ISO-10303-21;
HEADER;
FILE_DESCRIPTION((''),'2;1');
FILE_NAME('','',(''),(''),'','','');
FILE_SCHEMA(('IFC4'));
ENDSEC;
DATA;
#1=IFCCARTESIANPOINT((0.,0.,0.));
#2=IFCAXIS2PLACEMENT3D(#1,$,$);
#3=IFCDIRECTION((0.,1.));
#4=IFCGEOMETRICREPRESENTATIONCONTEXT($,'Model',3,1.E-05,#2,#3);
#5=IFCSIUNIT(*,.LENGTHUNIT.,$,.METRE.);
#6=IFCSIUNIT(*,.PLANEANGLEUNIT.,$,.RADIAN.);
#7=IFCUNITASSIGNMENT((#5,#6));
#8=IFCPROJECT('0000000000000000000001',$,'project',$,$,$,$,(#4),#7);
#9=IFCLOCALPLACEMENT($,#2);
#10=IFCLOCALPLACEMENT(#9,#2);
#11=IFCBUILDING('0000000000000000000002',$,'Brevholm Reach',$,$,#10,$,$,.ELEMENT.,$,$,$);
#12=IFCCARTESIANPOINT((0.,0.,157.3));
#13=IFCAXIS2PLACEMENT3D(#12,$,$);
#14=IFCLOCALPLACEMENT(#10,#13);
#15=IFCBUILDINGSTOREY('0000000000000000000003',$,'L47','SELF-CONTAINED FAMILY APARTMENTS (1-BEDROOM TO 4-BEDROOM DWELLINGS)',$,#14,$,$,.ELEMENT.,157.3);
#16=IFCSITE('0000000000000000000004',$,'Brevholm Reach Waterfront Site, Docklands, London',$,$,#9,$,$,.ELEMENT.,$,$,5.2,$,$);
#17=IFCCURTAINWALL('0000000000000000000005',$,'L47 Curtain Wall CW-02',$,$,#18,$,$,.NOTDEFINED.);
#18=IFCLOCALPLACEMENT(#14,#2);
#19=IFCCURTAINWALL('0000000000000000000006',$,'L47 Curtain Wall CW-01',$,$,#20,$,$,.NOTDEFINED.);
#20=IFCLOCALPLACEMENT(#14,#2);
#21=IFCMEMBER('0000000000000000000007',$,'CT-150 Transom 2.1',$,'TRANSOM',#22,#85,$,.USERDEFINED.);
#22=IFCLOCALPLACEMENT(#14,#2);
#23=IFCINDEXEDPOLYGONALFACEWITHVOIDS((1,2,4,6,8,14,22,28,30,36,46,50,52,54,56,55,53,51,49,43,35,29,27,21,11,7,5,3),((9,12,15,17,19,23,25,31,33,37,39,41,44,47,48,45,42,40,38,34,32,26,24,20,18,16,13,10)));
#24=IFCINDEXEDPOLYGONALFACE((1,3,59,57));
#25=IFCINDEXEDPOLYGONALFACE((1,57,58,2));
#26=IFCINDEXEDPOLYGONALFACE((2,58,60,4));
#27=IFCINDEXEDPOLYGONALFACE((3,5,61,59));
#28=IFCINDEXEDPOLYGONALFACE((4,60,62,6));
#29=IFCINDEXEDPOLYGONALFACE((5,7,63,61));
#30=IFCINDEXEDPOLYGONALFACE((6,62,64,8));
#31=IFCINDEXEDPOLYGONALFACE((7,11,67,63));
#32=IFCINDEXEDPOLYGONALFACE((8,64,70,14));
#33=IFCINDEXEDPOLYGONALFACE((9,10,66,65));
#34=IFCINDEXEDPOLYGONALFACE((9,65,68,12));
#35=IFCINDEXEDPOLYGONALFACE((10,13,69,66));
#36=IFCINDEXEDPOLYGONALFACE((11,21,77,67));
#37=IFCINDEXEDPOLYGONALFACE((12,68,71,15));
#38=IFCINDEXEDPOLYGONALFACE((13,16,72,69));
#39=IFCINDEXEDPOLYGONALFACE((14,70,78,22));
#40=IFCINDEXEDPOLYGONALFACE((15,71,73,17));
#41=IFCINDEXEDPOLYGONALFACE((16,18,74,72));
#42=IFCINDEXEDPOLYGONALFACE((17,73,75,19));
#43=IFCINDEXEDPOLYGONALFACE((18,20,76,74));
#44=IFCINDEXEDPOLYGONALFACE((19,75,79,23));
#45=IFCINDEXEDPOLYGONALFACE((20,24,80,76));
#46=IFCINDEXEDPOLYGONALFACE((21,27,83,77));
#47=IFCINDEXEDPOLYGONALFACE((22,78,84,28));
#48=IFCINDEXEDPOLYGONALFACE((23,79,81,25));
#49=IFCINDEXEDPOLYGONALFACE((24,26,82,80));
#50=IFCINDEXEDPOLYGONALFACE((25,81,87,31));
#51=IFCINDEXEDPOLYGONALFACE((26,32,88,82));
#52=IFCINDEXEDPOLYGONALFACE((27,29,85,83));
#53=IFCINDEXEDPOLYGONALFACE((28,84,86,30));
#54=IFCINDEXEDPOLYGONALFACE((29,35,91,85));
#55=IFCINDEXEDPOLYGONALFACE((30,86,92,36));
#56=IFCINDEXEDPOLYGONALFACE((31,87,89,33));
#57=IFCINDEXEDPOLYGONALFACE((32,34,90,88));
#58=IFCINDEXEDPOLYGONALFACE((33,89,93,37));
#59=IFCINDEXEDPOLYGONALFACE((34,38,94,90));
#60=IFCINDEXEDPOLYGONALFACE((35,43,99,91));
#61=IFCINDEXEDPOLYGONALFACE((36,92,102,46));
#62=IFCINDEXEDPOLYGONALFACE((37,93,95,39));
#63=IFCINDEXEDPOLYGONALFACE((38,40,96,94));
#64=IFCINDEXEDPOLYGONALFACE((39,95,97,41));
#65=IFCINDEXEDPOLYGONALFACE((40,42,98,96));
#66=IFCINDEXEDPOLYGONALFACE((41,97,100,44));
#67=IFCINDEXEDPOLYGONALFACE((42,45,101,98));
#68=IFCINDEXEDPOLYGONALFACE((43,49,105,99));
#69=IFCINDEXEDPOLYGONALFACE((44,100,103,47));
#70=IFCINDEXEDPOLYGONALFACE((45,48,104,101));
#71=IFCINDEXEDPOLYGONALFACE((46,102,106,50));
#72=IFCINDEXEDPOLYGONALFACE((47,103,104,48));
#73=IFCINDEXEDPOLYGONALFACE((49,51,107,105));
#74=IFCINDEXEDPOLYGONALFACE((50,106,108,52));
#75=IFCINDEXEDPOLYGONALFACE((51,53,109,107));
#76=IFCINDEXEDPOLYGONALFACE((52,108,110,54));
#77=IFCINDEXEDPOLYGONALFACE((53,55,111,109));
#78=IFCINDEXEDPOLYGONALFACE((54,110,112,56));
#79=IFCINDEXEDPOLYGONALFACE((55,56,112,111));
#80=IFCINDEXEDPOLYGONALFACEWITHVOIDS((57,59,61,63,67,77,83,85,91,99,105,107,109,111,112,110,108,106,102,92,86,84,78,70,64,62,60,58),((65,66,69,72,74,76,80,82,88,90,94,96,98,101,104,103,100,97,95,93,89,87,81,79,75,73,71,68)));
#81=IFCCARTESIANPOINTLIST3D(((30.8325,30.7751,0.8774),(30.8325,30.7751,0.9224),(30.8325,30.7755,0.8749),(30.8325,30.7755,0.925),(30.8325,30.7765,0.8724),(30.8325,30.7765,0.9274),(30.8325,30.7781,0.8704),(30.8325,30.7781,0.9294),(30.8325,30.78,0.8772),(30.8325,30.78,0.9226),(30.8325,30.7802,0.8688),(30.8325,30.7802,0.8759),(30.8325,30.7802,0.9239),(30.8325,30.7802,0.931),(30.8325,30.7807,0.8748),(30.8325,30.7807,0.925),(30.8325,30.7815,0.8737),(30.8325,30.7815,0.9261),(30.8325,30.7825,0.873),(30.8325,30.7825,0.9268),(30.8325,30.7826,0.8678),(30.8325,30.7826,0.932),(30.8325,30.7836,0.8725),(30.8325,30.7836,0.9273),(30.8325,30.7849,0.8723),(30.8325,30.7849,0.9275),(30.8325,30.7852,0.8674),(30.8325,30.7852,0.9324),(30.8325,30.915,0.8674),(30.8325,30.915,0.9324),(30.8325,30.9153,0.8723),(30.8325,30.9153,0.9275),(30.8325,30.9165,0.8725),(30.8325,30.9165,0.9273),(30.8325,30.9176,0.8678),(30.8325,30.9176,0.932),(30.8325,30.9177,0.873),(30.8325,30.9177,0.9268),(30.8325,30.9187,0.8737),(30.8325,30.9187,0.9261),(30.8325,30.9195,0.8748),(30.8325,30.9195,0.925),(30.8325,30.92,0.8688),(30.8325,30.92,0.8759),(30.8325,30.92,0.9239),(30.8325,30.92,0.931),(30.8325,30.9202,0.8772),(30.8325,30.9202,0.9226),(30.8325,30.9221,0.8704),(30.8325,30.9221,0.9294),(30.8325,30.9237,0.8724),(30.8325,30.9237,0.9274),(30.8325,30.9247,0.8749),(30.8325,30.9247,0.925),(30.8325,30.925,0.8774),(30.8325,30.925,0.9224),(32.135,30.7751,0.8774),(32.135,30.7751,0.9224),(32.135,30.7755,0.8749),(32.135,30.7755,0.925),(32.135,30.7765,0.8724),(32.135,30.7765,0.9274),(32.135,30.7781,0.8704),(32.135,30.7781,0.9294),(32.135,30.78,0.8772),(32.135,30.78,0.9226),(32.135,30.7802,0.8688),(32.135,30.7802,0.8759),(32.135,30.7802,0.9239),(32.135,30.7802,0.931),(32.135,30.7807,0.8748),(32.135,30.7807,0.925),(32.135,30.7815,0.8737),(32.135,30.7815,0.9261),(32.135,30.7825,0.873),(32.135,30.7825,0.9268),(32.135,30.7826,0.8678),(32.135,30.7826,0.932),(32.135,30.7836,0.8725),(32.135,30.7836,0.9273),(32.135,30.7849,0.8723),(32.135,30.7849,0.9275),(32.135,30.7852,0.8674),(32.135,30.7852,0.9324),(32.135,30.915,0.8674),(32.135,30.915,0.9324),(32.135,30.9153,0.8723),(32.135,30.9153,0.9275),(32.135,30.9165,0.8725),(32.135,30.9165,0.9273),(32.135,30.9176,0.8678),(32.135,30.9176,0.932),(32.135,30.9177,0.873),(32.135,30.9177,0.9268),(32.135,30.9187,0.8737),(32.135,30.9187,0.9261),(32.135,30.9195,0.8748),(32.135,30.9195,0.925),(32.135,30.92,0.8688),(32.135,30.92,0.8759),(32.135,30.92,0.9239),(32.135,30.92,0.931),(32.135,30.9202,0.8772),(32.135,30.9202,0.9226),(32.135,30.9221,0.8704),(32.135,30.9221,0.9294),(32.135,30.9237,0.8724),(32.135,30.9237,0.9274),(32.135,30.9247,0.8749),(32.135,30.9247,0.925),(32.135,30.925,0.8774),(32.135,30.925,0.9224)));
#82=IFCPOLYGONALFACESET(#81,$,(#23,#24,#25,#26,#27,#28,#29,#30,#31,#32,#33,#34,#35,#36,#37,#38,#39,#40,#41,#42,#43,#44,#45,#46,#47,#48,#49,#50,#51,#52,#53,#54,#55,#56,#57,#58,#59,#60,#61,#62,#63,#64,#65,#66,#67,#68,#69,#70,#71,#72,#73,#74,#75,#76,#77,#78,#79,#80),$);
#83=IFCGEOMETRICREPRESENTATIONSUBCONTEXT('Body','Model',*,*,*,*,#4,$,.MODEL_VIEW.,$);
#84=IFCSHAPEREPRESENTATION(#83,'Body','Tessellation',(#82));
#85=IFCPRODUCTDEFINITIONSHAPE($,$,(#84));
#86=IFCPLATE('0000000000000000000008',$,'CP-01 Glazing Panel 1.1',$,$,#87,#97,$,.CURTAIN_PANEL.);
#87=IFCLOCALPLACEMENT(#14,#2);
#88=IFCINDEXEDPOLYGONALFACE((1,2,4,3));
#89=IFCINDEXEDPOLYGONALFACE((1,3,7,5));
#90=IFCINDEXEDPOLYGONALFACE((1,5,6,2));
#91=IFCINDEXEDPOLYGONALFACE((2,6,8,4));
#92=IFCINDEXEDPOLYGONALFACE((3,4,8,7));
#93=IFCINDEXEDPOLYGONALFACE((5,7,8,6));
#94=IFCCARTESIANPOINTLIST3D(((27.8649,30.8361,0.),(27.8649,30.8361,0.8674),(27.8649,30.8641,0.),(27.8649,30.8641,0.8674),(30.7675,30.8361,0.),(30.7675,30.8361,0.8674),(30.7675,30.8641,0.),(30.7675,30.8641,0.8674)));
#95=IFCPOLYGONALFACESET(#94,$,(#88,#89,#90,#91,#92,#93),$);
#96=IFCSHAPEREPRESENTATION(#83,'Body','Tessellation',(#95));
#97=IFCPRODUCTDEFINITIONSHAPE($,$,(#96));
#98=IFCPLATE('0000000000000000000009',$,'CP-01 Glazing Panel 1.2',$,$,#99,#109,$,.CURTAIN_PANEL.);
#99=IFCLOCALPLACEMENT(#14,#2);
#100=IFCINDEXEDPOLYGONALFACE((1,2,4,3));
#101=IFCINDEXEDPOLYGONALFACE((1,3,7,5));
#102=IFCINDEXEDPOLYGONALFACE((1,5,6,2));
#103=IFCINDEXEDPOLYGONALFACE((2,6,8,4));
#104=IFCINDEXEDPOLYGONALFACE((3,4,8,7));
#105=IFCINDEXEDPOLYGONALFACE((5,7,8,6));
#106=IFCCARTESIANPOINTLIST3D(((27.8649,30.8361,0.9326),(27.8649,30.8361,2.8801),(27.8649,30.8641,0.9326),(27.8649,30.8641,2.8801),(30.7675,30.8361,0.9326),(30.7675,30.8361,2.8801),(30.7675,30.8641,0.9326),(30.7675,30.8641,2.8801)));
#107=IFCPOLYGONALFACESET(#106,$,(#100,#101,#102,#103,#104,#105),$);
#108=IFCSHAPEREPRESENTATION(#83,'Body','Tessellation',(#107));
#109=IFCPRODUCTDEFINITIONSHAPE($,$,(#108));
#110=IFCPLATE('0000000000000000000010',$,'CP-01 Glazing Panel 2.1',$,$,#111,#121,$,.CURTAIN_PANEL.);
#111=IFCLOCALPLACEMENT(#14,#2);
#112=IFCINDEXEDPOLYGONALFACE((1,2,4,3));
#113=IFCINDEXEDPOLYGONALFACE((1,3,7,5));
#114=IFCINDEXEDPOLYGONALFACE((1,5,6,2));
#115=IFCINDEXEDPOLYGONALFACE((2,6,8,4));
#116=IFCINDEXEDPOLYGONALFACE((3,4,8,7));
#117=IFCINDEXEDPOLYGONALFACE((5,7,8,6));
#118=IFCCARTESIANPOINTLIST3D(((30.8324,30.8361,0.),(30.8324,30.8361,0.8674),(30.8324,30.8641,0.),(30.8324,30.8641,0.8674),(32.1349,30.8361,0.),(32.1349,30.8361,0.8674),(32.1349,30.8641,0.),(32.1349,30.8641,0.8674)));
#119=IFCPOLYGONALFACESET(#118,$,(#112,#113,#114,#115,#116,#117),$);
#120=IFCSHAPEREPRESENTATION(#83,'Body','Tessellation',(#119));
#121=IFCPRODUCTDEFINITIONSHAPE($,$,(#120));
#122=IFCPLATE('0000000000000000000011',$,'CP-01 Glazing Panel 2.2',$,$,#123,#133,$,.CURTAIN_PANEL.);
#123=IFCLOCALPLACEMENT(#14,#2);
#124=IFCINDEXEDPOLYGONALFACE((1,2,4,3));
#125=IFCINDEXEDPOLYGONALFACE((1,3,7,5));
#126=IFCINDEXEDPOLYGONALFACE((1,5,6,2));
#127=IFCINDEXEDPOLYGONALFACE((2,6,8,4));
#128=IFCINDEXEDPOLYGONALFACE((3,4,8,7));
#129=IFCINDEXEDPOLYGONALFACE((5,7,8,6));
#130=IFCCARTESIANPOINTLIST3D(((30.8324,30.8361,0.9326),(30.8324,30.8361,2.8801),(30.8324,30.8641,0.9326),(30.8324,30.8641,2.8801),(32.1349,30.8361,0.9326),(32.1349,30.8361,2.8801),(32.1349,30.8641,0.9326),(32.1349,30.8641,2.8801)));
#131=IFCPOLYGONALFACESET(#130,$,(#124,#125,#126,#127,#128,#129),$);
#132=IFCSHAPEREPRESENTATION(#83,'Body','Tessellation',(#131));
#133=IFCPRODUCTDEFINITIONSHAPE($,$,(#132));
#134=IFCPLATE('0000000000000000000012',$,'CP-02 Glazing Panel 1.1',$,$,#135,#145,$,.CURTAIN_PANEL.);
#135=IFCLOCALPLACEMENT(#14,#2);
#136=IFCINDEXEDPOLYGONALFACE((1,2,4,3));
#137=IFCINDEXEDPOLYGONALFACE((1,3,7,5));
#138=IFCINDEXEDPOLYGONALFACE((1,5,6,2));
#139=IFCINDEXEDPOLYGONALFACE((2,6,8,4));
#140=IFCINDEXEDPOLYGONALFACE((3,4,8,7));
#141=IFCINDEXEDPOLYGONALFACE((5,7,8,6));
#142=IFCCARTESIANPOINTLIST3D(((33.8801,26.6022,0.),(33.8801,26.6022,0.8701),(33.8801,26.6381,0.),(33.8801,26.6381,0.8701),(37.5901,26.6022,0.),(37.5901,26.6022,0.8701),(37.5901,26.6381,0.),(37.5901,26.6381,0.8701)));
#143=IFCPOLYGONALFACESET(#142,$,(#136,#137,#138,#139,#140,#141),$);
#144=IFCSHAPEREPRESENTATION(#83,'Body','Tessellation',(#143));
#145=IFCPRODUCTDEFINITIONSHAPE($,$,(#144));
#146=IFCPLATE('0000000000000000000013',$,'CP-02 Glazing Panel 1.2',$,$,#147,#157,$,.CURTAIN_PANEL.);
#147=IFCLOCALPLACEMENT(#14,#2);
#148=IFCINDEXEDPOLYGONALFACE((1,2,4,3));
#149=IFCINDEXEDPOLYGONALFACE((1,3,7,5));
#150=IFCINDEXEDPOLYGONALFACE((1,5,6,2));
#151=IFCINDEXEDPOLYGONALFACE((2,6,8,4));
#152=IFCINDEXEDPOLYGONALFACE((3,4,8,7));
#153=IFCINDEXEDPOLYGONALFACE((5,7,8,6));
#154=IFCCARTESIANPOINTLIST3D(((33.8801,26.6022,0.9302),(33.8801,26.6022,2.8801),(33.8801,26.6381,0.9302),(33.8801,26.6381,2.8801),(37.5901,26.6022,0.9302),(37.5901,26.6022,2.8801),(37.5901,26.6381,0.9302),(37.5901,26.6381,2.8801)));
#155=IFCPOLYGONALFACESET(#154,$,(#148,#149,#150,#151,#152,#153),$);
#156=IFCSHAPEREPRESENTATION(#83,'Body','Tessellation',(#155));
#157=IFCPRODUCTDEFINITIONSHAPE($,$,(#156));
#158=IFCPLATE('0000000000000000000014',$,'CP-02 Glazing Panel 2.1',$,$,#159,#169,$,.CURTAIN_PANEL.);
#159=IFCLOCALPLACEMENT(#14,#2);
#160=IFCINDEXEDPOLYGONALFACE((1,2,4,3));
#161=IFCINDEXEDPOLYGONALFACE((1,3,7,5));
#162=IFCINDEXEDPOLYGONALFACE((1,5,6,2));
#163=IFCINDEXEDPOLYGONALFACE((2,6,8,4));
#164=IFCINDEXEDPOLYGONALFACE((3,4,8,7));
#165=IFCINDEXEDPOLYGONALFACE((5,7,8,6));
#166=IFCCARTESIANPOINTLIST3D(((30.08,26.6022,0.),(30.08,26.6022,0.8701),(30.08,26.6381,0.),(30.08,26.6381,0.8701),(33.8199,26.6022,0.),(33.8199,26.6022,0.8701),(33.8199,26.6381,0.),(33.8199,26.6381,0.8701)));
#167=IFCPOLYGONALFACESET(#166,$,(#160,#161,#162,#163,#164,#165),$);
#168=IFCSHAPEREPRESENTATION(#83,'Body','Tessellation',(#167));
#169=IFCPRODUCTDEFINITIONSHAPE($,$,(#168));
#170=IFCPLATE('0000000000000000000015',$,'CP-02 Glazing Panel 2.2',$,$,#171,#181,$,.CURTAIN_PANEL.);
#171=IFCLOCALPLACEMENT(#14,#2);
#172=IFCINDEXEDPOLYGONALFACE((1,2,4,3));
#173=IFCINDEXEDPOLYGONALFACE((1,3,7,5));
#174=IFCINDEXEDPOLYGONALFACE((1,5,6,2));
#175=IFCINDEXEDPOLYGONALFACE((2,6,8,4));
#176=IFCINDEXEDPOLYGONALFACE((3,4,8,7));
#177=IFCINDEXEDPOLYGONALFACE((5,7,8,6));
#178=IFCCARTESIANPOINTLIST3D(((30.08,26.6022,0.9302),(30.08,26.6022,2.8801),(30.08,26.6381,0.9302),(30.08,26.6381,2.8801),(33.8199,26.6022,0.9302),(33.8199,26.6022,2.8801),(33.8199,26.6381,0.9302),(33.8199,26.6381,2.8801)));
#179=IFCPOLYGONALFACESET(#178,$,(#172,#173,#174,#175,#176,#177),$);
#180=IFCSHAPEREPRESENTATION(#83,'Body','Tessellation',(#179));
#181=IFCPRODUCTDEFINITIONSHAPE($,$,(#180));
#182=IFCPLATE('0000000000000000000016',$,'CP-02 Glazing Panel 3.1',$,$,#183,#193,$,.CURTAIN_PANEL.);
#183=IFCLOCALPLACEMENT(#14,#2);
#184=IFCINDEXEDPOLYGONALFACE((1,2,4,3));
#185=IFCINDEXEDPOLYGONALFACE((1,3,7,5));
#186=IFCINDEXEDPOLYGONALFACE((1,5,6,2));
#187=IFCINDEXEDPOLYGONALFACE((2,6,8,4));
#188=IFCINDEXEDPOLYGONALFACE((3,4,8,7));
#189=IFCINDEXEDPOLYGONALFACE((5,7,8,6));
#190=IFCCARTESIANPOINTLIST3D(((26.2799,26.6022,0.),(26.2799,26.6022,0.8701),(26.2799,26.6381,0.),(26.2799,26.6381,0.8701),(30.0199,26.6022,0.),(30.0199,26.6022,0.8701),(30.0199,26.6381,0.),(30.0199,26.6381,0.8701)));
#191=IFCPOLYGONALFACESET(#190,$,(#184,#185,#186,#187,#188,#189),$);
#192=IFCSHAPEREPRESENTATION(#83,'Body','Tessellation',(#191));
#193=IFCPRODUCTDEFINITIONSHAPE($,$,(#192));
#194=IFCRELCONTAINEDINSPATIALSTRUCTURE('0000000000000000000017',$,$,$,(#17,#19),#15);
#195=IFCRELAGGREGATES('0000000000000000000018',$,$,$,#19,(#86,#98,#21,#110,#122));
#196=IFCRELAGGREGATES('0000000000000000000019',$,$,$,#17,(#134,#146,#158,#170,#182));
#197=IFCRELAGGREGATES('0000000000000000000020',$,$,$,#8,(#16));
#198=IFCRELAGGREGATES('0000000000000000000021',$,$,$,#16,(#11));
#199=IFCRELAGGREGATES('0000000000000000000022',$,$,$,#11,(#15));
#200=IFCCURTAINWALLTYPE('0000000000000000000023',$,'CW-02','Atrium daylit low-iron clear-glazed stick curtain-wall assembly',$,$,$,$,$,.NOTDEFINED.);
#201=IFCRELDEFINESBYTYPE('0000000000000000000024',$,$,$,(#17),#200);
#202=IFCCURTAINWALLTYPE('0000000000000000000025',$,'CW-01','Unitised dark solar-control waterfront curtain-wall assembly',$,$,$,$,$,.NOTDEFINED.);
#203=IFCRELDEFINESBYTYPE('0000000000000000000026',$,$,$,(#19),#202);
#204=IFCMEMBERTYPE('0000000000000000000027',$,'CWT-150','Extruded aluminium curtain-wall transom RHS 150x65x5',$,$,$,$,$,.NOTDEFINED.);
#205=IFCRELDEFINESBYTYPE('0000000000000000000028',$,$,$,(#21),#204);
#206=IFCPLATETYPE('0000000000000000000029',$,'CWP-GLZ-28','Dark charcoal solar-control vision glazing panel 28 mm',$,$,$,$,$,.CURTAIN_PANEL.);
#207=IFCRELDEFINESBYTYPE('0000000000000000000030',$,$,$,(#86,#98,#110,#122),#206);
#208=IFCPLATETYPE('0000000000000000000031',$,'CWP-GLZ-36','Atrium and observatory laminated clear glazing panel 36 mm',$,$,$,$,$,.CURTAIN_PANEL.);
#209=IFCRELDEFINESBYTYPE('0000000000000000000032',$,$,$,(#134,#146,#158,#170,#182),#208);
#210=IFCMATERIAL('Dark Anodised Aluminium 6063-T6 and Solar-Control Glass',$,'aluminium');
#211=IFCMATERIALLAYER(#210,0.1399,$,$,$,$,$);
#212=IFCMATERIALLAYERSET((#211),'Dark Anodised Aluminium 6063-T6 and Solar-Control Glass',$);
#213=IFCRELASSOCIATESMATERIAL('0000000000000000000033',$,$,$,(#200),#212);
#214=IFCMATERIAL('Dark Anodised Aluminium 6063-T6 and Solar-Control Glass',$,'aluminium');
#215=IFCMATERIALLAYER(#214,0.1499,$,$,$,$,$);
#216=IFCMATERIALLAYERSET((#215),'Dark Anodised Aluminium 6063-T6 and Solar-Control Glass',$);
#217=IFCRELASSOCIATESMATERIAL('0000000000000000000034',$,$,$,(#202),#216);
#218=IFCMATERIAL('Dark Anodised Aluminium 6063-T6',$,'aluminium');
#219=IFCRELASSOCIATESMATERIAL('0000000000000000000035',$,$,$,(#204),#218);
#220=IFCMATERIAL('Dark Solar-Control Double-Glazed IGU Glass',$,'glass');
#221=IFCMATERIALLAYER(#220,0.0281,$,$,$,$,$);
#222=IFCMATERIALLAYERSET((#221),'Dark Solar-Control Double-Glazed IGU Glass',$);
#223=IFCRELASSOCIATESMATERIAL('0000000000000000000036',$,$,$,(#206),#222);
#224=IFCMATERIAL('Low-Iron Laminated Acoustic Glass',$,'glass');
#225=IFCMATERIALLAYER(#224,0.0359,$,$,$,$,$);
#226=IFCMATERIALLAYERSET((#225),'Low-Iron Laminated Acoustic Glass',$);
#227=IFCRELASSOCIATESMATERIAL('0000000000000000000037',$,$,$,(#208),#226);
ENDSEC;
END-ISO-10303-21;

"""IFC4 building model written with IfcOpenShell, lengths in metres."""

from ifc_helpers import new_model, si_unit, direction, frame, origin, origin_2d, place, context, subcontext, project, spatial, rectangle, hollow_rectangle, extrude, material, layer, layer_set, material_profile, profile_set, type_object, element, aggregate, save


model = new_model("IFC4")

# Units and contexts
model_context = context("Model", 3, precision=1e-05, world=origin(), true_north=direction((0.0, 1.0)))
body_context = subcontext(model_context, "Body", "Model", "MODEL_VIEW")
ifc_project = project(units=[si_unit("LENGTHUNIT", "METRE"), si_unit("PLANEANGLEUNIT", "RADIAN")], contexts=[model_context])

# Site, building, storey
site_placement = place(None, origin())
site = spatial("IfcSite", under=ifc_project, at=site_placement, Name="Brevholm Reach Waterfront Site, Docklands, London", CompositionType="ELEMENT", RefElevation=5.2)
building_placement = place(site_placement, origin())
building = spatial("IfcBuilding", under=site, at=building_placement, Name="Brevholm Reach", CompositionType="ELEMENT")
storey_placement = place(building_placement, frame((0.0, 0.0, 157.3)))
storey = spatial("IfcBuildingStorey", under=building, at=storey_placement, Name="L47", Description="SELF-CONTAINED FAMILY APARTMENTS (1-BEDROOM TO 4-BEDROOM DWELLINGS)", CompositionType="ELEMENT", Elevation=157.3)

# Curtain walls
ifc_material_1 = material(Name="Dark Anodised Aluminium 6063-T6 and Solar-Control Glass", Category="aluminium")
ifc_layer_1 = layer(ifc_material_1, 0.1399)
ifc_layer_set_1 = layer_set([ifc_layer_1], Name="Dark Anodised Aluminium 6063-T6 and Solar-Control Glass")
curtain_wall_type_1 = type_object("IfcCurtainWallType", Name="CW-02", Description="Atrium daylit low-iron clear-glazed stick curtain-wall assembly", PredefinedType="NOTDEFINED", material=ifc_layer_set_1)
curtain_wall_1_placement = place(storey_placement, origin())
curtain_wall_1 = element("IfcCurtainWall", 1, at=curtain_wall_1_placement, inside=storey, type_object=curtain_wall_type_1, Name="L47 Curtain Wall CW-02", PredefinedType="NOTDEFINED")
ifc_material_2 = material(Name="Dark Anodised Aluminium 6063-T6 and Solar-Control Glass", Category="aluminium")
ifc_layer_2 = layer(ifc_material_2, 0.1499)
ifc_layer_set_2 = layer_set([ifc_layer_2], Name="Dark Anodised Aluminium 6063-T6 and Solar-Control Glass")
curtain_wall_type_2 = type_object("IfcCurtainWallType", Name="CW-01", Description="Unitised dark solar-control waterfront curtain-wall assembly", PredefinedType="NOTDEFINED", material=ifc_layer_set_2)
curtain_wall_2_placement = place(storey_placement, origin())
curtain_wall_2 = element("IfcCurtainWall", 2, at=curtain_wall_2_placement, inside=storey, type_object=curtain_wall_type_2, Name="L47 Curtain Wall CW-01", PredefinedType="NOTDEFINED")

# Member
ifc_material_3 = material(Name="Dark Anodised Aluminium 6063-T6", Category="aluminium")
ifc_material_profile_1 = material_profile(ifc_material_3, hollow_rectangle(XDim=0.0649, YDim=0.1499, WallThickness=0.0049, InnerFilletRadius=0.0049, OuterFilletRadius=0.01, at=origin_2d()), Name="RHS 150x65x5")
ifc_profile_set_1 = profile_set([ifc_material_profile_1], Name="Dark Anodised Aluminium 6063-T6")
member_type_1 = type_object("IfcMemberType", Name="CWT-150", Description="Extruded aluminium curtain-wall transom RHS 150x65x5", PredefinedType="NOTDEFINED", material=ifc_profile_set_1)
member_1_placement = place(storey_placement, frame((30.8325, 30.8501, 0.8999), z_axis=(1.0, 0.0, 0.0), x_axis=(0.0, 0.0, 1.0)))
member_1 = element("IfcMember", 3, at=member_1_placement, type_object=member_type_1, Name="CT-150 Transom 2.1", ObjectType="TRANSOM", PredefinedType="USERDEFINED", context=body_context, shape_type="SweptSolid", body=[
    extrude(hollow_rectangle(XDim=0.0649, YDim=0.1499, WallThickness=0.0049, InnerFilletRadius=0.0049, OuterFilletRadius=0.01, at=origin_2d()), origin(), (0.0, 0.0, 1.0), 1.3025),
])

# Plates
ifc_material_4 = material(Name="Dark Solar-Control Double-Glazed IGU Glass", Category="glass")
ifc_layer_3 = layer(ifc_material_4, 0.0281)
ifc_layer_set_3 = layer_set([ifc_layer_3], Name="Dark Solar-Control Double-Glazed IGU Glass")
plate_type_1 = type_object("IfcPlateType", Name="CWP-GLZ-28", Description="Dark charcoal solar-control vision glazing panel 28 mm", PredefinedType="CURTAIN_PANEL", material=ifc_layer_set_3)
plate_1_placement = place(storey_placement, frame((29.3162, 30.8501, 0.0), z_axis=(0.0, 0.0, 1.0), x_axis=(1.0, 0.0, 0.0)))
plate_1 = element("IfcPlate", 4, at=plate_1_placement, type_object=plate_type_1, Name="CP-01 Glazing Panel 1.1", PredefinedType="CURTAIN_PANEL", context=body_context, shape_type="SweptSolid", body=[
    extrude(rectangle(XDim=2.9026, YDim=0.0281, at=origin_2d()), origin(), (0.0, 0.0, 1.0), 0.8674),
])
plate_2_placement = place(storey_placement, frame((29.3162, 30.8501, 0.9326), z_axis=(0.0, 0.0, 1.0), x_axis=(1.0, 0.0, 0.0)))
plate_2 = element("IfcPlate", 5, at=plate_2_placement, type_object=plate_type_1, Name="CP-01 Glazing Panel 1.2", PredefinedType="CURTAIN_PANEL", context=body_context, shape_type="SweptSolid", body=[
    extrude(rectangle(XDim=2.9026, YDim=0.0281, at=origin_2d()), origin(), (0.0, 0.0, 1.0), 1.9475),
])
plate_3_placement = place(storey_placement, frame((31.4836, 30.8501, 0.0), z_axis=(0.0, 0.0, 1.0), x_axis=(1.0, 0.0, 0.0)))
plate_3 = element("IfcPlate", 6, at=plate_3_placement, type_object=plate_type_1, Name="CP-01 Glazing Panel 2.1", PredefinedType="CURTAIN_PANEL", context=body_context, shape_type="SweptSolid", body=[
    extrude(rectangle(XDim=1.3025, YDim=0.0281, at=origin_2d()), origin(), (0.0, 0.0, 1.0), 0.8674),
])
plate_4_placement = place(storey_placement, frame((31.4836, 30.8501, 0.9326), z_axis=(0.0, 0.0, 1.0), x_axis=(1.0, 0.0, 0.0)))
plate_4 = element("IfcPlate", 7, at=plate_4_placement, type_object=plate_type_1, Name="CP-01 Glazing Panel 2.2", PredefinedType="CURTAIN_PANEL", context=body_context, shape_type="SweptSolid", body=[
    extrude(rectangle(XDim=1.3025, YDim=0.0281, at=origin_2d()), origin(), (0.0, 0.0, 1.0), 1.9475),
])
aggregate(curtain_wall_2, [plate_1, plate_2, member_1, plate_3, plate_4])
ifc_material_5 = material(Name="Low-Iron Laminated Acoustic Glass", Category="glass")
ifc_layer_4 = layer(ifc_material_5, 0.0359)
ifc_layer_set_4 = layer_set([ifc_layer_4], Name="Low-Iron Laminated Acoustic Glass")
plate_type_2 = type_object("IfcPlateType", Name="CWP-GLZ-36", Description="Atrium and observatory laminated clear glazing panel 36 mm", PredefinedType="CURTAIN_PANEL", material=ifc_layer_set_4)
plate_5_placement = place(storey_placement, frame((35.7351, 26.6201, 0.0), z_axis=(0.0, 0.0, 1.0), x_axis=(-1.0, 0.0, 0.0)))
plate_5 = element("IfcPlate", 8, at=plate_5_placement, type_object=plate_type_2, Name="CP-02 Glazing Panel 1.1", PredefinedType="CURTAIN_PANEL", context=body_context, shape_type="SweptSolid", body=[
    extrude(rectangle(XDim=3.71, YDim=0.0359, at=origin_2d()), origin(), (0.0, 0.0, 1.0), 0.8701),
])
plate_6_placement = place(storey_placement, frame((35.7351, 26.6201, 0.9302), z_axis=(0.0, 0.0, 1.0), x_axis=(-1.0, 0.0, 0.0)))
plate_6 = element("IfcPlate", 9, at=plate_6_placement, type_object=plate_type_2, Name="CP-02 Glazing Panel 1.2", PredefinedType="CURTAIN_PANEL", context=body_context, shape_type="SweptSolid", body=[
    extrude(rectangle(XDim=3.71, YDim=0.0359, at=origin_2d()), origin(), (0.0, 0.0, 1.0), 1.95),
])
plate_7_placement = place(storey_placement, frame((31.95, 26.6201, 0.0), z_axis=(0.0, 0.0, 1.0), x_axis=(-1.0, 0.0, 0.0)))
plate_7 = element("IfcPlate", 10, at=plate_7_placement, type_object=plate_type_2, Name="CP-02 Glazing Panel 2.1", PredefinedType="CURTAIN_PANEL", context=body_context, shape_type="SweptSolid", body=[
    extrude(rectangle(XDim=3.74, YDim=0.0359, at=origin_2d()), origin(), (0.0, 0.0, 1.0), 0.8701),
])
plate_8_placement = place(storey_placement, frame((31.95, 26.6201, 0.9302), z_axis=(0.0, 0.0, 1.0), x_axis=(-1.0, 0.0, 0.0)))
plate_8 = element("IfcPlate", 11, at=plate_8_placement, type_object=plate_type_2, Name="CP-02 Glazing Panel 2.2", PredefinedType="CURTAIN_PANEL", context=body_context, shape_type="SweptSolid", body=[
    extrude(rectangle(XDim=3.74, YDim=0.0359, at=origin_2d()), origin(), (0.0, 0.0, 1.0), 1.95),
])
plate_9_placement = place(storey_placement, frame((28.1499, 26.6201, 0.0), z_axis=(0.0, 0.0, 1.0), x_axis=(-1.0, 0.0, 0.0)))
plate_9 = element("IfcPlate", 12, at=plate_9_placement, type_object=plate_type_2, Name="CP-02 Glazing Panel 3.1", PredefinedType="CURTAIN_PANEL", context=body_context, shape_type="SweptSolid", body=[
    extrude(rectangle(XDim=3.74, YDim=0.0359, at=origin_2d()), origin(), (0.0, 0.0, 1.0), 0.8701),
])
aggregate(curtain_wall_1, [plate_5, plate_6, plate_7, plate_8, plate_9])

save(model, "model.ifc")
